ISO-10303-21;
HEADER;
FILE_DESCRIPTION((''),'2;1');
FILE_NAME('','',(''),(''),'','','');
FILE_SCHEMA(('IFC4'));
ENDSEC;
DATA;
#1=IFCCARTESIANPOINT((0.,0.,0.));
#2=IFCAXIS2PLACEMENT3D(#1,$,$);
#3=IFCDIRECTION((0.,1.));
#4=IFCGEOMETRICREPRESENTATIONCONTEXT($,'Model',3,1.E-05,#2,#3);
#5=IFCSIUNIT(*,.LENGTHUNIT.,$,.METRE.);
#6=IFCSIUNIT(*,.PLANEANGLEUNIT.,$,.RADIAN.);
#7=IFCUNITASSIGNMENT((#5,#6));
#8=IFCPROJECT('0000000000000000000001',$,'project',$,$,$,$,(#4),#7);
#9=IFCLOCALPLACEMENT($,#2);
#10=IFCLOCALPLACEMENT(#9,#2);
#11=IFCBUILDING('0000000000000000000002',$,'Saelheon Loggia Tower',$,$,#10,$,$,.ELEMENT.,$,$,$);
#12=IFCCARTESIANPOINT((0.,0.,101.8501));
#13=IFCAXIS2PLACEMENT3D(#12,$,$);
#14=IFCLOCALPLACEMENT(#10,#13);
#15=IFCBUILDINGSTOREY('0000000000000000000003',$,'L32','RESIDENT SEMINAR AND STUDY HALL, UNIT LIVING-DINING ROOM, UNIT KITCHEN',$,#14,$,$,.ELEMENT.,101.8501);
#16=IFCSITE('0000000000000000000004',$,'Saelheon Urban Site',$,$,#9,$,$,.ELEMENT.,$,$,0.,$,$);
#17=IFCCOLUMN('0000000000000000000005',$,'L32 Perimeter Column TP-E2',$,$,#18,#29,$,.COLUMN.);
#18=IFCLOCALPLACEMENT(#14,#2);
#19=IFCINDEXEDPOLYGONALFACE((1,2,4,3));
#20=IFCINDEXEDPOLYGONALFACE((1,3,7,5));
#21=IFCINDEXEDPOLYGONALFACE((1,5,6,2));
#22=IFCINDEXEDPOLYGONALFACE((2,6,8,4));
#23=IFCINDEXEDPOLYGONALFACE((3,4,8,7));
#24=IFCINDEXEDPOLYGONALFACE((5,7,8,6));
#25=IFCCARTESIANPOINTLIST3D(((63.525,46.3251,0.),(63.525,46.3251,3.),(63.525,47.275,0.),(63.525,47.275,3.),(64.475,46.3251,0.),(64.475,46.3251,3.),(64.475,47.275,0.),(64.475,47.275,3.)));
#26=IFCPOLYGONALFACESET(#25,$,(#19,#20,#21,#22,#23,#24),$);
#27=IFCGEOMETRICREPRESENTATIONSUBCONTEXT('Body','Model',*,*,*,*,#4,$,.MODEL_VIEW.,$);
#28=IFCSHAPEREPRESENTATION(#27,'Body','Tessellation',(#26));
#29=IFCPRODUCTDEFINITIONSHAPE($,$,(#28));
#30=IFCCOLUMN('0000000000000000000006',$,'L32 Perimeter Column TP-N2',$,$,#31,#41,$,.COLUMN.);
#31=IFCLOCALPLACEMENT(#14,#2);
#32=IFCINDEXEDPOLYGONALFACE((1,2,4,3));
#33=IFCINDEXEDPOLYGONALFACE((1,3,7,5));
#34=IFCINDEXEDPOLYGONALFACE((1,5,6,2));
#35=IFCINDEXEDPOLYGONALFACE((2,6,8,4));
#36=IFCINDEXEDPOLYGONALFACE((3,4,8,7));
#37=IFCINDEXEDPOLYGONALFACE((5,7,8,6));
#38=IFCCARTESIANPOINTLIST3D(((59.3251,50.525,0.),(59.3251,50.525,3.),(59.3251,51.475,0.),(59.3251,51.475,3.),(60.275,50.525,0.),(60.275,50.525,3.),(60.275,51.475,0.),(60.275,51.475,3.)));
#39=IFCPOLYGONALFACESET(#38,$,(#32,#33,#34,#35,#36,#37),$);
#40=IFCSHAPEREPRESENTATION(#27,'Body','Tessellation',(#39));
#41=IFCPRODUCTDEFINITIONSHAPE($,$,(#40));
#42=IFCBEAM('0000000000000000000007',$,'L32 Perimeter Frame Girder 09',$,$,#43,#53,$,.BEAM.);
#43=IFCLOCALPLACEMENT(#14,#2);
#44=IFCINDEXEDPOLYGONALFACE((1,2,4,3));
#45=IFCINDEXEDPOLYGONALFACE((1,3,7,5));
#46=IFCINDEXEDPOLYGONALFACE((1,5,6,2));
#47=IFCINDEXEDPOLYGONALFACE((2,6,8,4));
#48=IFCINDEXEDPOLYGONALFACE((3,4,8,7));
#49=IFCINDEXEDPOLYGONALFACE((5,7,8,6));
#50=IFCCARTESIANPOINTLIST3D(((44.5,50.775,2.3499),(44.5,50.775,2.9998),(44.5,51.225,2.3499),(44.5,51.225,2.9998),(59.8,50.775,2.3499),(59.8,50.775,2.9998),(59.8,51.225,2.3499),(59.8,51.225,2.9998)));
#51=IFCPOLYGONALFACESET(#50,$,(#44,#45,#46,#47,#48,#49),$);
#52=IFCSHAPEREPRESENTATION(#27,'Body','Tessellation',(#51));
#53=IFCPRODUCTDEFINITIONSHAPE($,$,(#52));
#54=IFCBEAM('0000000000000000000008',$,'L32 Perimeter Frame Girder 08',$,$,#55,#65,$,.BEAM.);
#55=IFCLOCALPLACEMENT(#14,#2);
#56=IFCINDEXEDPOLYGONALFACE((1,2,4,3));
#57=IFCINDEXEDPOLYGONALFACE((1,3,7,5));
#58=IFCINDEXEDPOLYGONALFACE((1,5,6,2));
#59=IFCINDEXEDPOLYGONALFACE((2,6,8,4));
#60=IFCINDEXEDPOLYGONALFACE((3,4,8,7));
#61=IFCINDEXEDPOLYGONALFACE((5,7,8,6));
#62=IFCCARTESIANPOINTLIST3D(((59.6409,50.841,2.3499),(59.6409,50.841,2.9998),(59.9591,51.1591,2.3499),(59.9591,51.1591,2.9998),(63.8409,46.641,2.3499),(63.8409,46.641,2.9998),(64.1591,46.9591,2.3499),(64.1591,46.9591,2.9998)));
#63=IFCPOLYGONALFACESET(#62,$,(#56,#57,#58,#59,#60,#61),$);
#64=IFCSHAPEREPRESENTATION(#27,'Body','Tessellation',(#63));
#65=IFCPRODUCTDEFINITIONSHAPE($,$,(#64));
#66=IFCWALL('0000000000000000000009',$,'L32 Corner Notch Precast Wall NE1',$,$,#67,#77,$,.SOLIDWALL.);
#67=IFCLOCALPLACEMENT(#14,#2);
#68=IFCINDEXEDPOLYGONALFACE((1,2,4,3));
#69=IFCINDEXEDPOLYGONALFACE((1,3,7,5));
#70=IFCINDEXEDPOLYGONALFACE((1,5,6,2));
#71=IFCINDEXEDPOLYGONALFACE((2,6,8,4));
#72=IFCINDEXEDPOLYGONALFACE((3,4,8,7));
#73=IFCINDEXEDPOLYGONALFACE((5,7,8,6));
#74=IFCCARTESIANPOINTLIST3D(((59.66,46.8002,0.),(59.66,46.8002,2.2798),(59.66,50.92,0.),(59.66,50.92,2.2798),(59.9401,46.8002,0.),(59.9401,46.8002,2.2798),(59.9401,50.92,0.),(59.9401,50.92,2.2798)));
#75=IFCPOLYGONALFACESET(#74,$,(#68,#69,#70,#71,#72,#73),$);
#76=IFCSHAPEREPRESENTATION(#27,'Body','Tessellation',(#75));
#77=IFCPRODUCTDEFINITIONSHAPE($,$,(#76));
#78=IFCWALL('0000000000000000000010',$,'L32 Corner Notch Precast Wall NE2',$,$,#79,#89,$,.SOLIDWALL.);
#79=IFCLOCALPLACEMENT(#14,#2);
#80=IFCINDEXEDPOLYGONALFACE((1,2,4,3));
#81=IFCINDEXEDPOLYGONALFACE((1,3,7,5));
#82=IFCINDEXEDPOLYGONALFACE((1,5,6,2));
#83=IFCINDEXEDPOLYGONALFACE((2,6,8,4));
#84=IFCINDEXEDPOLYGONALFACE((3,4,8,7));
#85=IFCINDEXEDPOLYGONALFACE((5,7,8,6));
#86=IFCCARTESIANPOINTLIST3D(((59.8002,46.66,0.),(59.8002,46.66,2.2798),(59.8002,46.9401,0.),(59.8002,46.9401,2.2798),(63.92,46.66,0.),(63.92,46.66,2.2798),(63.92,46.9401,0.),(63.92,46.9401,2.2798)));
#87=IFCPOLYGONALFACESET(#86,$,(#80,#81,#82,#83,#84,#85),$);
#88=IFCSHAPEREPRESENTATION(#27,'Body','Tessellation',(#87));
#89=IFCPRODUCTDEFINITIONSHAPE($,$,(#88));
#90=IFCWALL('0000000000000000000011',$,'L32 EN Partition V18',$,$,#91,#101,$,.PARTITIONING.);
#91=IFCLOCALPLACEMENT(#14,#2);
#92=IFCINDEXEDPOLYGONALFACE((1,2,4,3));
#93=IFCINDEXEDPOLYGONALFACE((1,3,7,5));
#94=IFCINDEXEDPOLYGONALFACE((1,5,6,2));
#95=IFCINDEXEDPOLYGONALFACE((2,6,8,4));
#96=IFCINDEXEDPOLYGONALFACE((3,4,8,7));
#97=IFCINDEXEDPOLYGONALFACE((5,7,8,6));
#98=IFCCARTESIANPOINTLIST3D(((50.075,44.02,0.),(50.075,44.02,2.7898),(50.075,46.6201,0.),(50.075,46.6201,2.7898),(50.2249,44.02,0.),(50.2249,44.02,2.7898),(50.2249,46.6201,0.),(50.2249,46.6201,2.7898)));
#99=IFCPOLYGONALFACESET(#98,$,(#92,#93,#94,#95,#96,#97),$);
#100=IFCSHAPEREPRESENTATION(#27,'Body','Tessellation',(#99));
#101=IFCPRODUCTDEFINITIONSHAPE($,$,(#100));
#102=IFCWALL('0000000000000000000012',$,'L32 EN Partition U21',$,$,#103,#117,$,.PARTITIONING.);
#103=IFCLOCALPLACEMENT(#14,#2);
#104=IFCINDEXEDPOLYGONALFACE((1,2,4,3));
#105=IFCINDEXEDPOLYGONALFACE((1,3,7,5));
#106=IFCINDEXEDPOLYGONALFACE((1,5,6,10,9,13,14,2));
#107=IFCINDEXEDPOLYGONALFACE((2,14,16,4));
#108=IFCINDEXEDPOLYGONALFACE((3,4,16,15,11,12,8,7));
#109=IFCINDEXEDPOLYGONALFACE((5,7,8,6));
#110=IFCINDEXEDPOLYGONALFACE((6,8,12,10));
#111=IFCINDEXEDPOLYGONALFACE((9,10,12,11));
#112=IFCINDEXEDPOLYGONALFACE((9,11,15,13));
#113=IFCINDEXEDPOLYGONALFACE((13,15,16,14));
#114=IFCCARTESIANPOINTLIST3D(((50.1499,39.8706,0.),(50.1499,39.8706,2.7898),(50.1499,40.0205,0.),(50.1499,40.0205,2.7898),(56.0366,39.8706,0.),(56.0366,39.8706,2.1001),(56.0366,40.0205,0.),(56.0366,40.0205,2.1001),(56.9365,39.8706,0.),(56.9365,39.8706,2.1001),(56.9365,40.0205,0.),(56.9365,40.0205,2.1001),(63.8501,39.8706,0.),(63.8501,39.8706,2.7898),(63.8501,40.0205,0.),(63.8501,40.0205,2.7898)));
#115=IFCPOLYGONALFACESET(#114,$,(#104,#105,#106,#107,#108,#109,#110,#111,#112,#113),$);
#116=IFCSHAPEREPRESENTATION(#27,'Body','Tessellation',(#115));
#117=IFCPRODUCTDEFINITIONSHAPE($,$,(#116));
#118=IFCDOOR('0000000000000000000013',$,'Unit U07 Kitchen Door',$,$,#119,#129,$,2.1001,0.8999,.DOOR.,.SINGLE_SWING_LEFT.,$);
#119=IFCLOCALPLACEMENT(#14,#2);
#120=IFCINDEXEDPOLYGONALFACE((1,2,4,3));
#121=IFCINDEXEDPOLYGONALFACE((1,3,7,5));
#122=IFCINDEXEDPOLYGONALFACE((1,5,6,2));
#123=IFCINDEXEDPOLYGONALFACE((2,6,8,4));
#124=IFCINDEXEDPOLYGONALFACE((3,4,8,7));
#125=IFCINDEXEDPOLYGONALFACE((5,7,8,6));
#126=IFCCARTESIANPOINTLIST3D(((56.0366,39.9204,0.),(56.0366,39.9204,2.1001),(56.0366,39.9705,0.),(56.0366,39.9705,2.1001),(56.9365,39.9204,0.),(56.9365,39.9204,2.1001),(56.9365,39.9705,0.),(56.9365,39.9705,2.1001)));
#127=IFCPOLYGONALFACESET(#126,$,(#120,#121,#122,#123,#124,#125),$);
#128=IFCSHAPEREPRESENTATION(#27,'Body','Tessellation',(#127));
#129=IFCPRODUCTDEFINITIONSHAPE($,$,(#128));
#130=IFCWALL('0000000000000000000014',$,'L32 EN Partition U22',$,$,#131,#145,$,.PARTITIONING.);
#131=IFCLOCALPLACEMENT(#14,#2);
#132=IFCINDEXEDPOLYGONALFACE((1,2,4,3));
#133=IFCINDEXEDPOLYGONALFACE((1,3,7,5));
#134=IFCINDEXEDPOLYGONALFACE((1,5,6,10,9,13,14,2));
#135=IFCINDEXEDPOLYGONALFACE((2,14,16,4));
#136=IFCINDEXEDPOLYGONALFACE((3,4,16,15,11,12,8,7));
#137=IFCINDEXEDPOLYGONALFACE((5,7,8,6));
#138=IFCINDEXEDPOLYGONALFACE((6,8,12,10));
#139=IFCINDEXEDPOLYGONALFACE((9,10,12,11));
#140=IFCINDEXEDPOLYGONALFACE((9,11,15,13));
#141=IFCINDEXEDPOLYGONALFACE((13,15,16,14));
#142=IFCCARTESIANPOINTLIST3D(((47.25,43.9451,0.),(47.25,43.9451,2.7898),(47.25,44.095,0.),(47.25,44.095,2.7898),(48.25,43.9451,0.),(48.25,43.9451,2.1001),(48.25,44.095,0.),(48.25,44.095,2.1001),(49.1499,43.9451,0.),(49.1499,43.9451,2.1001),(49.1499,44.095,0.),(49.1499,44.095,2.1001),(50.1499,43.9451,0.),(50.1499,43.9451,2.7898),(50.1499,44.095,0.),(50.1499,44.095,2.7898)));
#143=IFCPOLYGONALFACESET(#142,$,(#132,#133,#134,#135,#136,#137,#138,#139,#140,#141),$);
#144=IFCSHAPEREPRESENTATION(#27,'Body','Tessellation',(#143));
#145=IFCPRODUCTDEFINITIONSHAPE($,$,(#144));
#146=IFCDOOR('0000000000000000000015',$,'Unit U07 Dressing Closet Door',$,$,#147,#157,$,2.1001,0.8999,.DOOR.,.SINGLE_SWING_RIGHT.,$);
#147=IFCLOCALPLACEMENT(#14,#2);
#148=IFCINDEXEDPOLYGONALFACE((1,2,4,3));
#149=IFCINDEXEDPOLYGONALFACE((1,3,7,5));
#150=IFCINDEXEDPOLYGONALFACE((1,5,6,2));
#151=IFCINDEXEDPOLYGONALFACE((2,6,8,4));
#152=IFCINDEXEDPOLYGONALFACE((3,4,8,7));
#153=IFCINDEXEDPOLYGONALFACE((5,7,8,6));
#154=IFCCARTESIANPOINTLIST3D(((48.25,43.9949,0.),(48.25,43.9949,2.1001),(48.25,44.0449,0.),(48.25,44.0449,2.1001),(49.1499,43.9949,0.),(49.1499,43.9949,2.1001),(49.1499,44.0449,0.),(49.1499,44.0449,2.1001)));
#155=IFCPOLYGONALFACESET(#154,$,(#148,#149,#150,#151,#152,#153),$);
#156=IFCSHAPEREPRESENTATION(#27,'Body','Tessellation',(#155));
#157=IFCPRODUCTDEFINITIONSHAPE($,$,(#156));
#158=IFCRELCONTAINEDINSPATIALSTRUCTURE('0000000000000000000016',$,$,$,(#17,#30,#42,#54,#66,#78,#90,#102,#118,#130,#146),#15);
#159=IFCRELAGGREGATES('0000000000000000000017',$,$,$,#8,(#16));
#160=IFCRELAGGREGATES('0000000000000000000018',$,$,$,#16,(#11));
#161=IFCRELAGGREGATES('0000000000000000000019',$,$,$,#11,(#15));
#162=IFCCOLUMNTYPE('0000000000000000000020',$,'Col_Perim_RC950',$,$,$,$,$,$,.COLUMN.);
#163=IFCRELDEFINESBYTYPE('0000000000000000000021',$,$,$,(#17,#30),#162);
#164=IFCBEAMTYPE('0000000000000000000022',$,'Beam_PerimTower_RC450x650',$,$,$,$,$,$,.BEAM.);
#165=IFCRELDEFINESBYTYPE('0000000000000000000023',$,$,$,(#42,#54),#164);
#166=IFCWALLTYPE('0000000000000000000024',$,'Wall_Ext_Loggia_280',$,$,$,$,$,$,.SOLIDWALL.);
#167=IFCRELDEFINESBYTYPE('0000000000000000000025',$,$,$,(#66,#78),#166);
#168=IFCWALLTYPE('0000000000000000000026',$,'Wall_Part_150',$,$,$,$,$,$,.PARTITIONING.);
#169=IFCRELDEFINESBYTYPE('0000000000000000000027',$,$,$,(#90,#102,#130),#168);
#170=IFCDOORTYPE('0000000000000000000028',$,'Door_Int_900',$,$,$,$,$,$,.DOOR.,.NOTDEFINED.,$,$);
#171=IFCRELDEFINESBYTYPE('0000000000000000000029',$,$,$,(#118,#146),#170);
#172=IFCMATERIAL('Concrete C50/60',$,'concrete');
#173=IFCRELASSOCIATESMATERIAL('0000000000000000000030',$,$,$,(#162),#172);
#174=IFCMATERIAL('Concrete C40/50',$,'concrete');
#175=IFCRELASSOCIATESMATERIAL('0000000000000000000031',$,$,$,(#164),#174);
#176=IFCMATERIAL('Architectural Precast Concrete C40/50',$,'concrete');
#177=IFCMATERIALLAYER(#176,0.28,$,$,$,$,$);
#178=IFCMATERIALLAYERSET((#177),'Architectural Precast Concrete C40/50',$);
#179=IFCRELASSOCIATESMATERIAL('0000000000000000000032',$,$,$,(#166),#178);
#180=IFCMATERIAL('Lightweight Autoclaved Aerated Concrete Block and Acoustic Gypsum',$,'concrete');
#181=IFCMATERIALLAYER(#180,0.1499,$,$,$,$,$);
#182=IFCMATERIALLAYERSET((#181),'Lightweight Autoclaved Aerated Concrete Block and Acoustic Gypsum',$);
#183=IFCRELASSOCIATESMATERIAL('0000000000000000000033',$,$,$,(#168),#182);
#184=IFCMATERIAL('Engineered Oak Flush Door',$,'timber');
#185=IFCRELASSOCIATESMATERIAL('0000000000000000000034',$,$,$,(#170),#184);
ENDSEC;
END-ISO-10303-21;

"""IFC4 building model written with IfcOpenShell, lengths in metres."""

from ifc_helpers import new_model, si_unit, direction, frame, frame_2d, origin, origin_2d, place, context, subcontext, project, spatial, rectangle, extrude, source, transform, mapped, material, layer, layer_set, material_profile, profile_set, type_object, element, fill, save


model = new_model("IFC4")

# Units and contexts
model_context = context("Model", 3, precision=1e-05, world=origin(), true_north=direction((0.0, 1.0)))
body_context = subcontext(model_context, "Body", "Model", "MODEL_VIEW")
ifc_project = project(units=[si_unit("LENGTHUNIT", "METRE"), si_unit("PLANEANGLEUNIT", "RADIAN")], contexts=[model_context])

# Site, building, storey
site_placement = place(None, origin())
site = spatial("IfcSite", under=ifc_project, at=site_placement, Name="Saelheon Urban Site", CompositionType="ELEMENT", RefElevation=0.0)
building_placement = place(site_placement, origin())
building = spatial("IfcBuilding", under=site, at=building_placement, Name="Saelheon Loggia Tower", CompositionType="ELEMENT")
storey_placement = place(building_placement, frame((0.0, 0.0, 101.8501)))
storey = spatial("IfcBuildingStorey", under=building, at=storey_placement, Name="L32", Description="RESIDENT SEMINAR AND STUDY HALL, UNIT LIVING-DINING ROOM, UNIT KITCHEN", CompositionType="ELEMENT", Elevation=101.8501)

# Columns
ifc_material_1 = material(Name="Concrete C50/60", Category="concrete")
ifc_material_profile_1 = material_profile(ifc_material_1, rectangle(XDim=0.95, YDim=0.95, at=origin_2d()), Name="RC-950x950")
ifc_profile_set_1 = profile_set([ifc_material_profile_1], Name="Concrete C50/60")
column_type = type_object("IfcColumnType", Name="Col_Perim_RC950", PredefinedType="COLUMN", material=ifc_profile_set_1)
shared_shape_1 = source(origin(), body_context, "Body", "SweptSolid", [
    extrude(rectangle(XDim=0.95, YDim=0.95, at=origin_2d()), origin(), (0.0, 0.0, 1.0), 3.0),
])
for number, where, z_axis, x_axis, name in (
    (1, (64.0, 46.8, 0.0), (0.0, 0.0, 1.0), (1.0, 0.0, 0.0), "L32 Perimeter Column TP-E2"),
    (2, (59.8, 51.0, 0.0), (0.0, 0.0, 1.0), (1.0, 0.0, 0.0), "L32 Perimeter Column TP-N2"),
):
    element("IfcColumn", number, at=place(storey_placement, frame(where, z_axis=z_axis, x_axis=x_axis)), inside=storey, type_object=column_type, Name=name, PredefinedType="COLUMN", context=body_context, shape_type="MappedRepresentation", body=[
        mapped(shared_shape_1, transform((0.0, 0.0, 0.0), scale=1.0)),
    ])

# Beams
ifc_material_2 = material(Name="Concrete C40/50", Category="concrete")
ifc_material_profile_2 = material_profile(ifc_material_2, rectangle(XDim=0.45, YDim=0.6499, at=origin_2d()), Name="RC-450x650")
ifc_profile_set_2 = profile_set([ifc_material_profile_2], Name="Concrete C40/50")
beam_type = type_object("IfcBeamType", Name="Beam_PerimTower_RC450x650", PredefinedType="BEAM", material=ifc_profile_set_2)
shared_shape_2 = source(origin(), body_context, "Body", "SweptSolid", [
    extrude(rectangle(XDim=0.45, YDim=0.6499, at=origin_2d()), origin(), (0.0, 0.0, 1.0), 15.3),
])
beam_1_placement = place(storey_placement, frame((59.8, 51.0, 2.6748), z_axis=(-1.0, 0.0, 0.0), x_axis=(0.0, -1.0, 0.0)))
element("IfcBeam", 3, at=beam_1_placement, inside=storey, type_object=beam_type, Name="L32 Perimeter Frame Girder 09", PredefinedType="BEAM", context=body_context, shape_type="MappedRepresentation", body=[
    mapped(shared_shape_2, transform((0.0, 0.0, 0.0), scale=1.0)),
])
shared_shape_3 = source(origin(), body_context, "Body", "SweptSolid", [
    extrude(rectangle(XDim=0.45, YDim=0.6499, at=origin_2d()), origin(), (0.0, 0.0, 1.0), 5.9397),
])
beam_2_placement = place(storey_placement, frame((64.0, 46.8, 2.6748), z_axis=(-0.707107, 0.707107, 0.0), x_axis=(-0.707107, -0.707107, 0.0)))
element("IfcBeam", 4, at=beam_2_placement, inside=storey, type_object=beam_type, Name="L32 Perimeter Frame Girder 08", PredefinedType="BEAM", context=body_context, shape_type="MappedRepresentation", body=[
    mapped(shared_shape_3, transform((0.0, 0.0, 0.0), scale=1.0)),
])

# Walls
ifc_material_3 = material(Name="Architectural Precast Concrete C40/50", Category="concrete")
ifc_layer_1 = layer(ifc_material_3, 0.28)
ifc_layer_set_1 = layer_set([ifc_layer_1], Name="Architectural Precast Concrete C40/50")
wall_type_1 = type_object("IfcWallType", Name="Wall_Ext_Loggia_280", PredefinedType="SOLIDWALL", material=ifc_layer_set_1)
for number, where, z_axis, x_axis, name in (
    (5, (59.8, 46.8, 0.0), (0.0, 0.0, 1.0), (0.0, 1.0, 0.0), "L32 Corner Notch Precast Wall NE1"),
    (6, (59.8, 46.8, 0.0), (0.0, 0.0, 1.0), (1.0, 0.0, 0.0), "L32 Corner Notch Precast Wall NE2"),
):
    element("IfcWall", number, at=place(storey_placement, frame(where, z_axis=z_axis, x_axis=x_axis)), inside=storey, type_object=wall_type_1, Name=name, PredefinedType="SOLIDWALL", context=body_context, shape_type="SweptSolid", body=[
        extrude(rectangle(XDim=4.1199, YDim=0.28, at=frame_2d((2.0601, 0.0))), origin(), (0.0, 0.0, 1.0), 2.2798),
    ])
ifc_material_4 = material(Name="Lightweight Autoclaved Aerated Concrete Block and Acoustic Gypsum", Category="concrete")
ifc_layer_2 = layer(ifc_material_4, 0.1499)
ifc_layer_set_2 = layer_set([ifc_layer_2], Name="Lightweight Autoclaved Aerated Concrete Block and Acoustic Gypsum")
wall_type_2 = type_object("IfcWallType", Name="Wall_Part_150", PredefinedType="PARTITIONING", material=ifc_layer_set_2)
wall_1_placement = place(storey_placement, frame((50.1499, 44.02, 0.0), z_axis=(0.0, 0.0, 1.0), x_axis=(0.0, 1.0, 0.0)))
element("IfcWall", 7, at=wall_1_placement, inside=storey, type_object=wall_type_2, Name="L32 EN Partition V18", PredefinedType="PARTITIONING", context=body_context, shape_type="SweptSolid", body=[
    extrude(rectangle(XDim=2.6001, YDim=0.1499, at=frame_2d((1.3, 0.0))), origin(), (0.0, 0.0, 1.0), 2.7898),
])

# Walls, openings, doors
wall_2_placement = place(storey_placement, frame((50.1499, 39.9456, 0.0), z_axis=(0.0, 0.0, 1.0), x_axis=(1.0, 0.0, 0.0)))
wall_2 = element("IfcWall", 8, at=wall_2_placement, inside=storey, type_object=wall_type_2, Name="L32 EN Partition U21", PredefinedType="PARTITIONING", context=body_context, shape_type="SweptSolid", body=[
    extrude(rectangle(XDim=13.7002, YDim=0.1499, at=frame_2d((6.8501, 0.0))), origin(), (0.0, 0.0, 1.0), 2.7898),
])
opening_1_placement = place(wall_2_placement, frame((5.8867, 0.0, 0.0)))
opening_1 = element("IfcOpeningElement", 9, at=opening_1_placement, cuts=wall_2, PredefinedType="OPENING", context=body_context, shape_type="SweptSolid", body=[
    extrude(rectangle(XDim=0.8999, YDim=2.1001, at=frame_2d((0.45, 1.05))), frame((0.0, 0.0869, 0.0), z_axis=(0.0, -1.0, 0.0), x_axis=(1.0, 0.0, 0.0)), (0.0, 0.0, 1.0), 0.1738),
])
ifc_material_5 = material(Name="Engineered Oak Flush Door", Category="timber")
door_type = type_object("IfcDoorType", Name="Door_Int_900", OperationType="NOTDEFINED", PredefinedType="DOOR", material=ifc_material_5)
shared_shape_4 = source(origin(), body_context, "Body", "SweptSolid", [
    extrude(rectangle(XDim=0.8999, YDim=2.1001, at=frame_2d((0.45, 1.05))), frame((0.0, 0.0249, 0.0), z_axis=(0.0, -1.0, 0.0), x_axis=(1.0, 0.0, 0.0)), (0.0, 0.0, 1.0), 0.05),
])
door_1_placement = place(opening_1_placement, origin())
door_1 = element("IfcDoor", 10, at=door_1_placement, inside=storey, type_object=door_type, Name="Unit U07 Kitchen Door", OperationType="SINGLE_SWING_LEFT", OverallHeight=2.1001, OverallWidth=0.8999, PredefinedType="DOOR", context=body_context, shape_type="MappedRepresentation", body=[
    mapped(shared_shape_4, transform((0.0, 0.0, 0.0), scale=1.0)),
])
fill(opening_1, door_1)
wall_3_placement = place(storey_placement, frame((47.25, 44.02, 0.0), z_axis=(0.0, 0.0, 1.0), x_axis=(1.0, 0.0, 0.0)))
wall_3 = element("IfcWall", 11, at=wall_3_placement, inside=storey, type_object=wall_type_2, Name="L32 EN Partition U22", PredefinedType="PARTITIONING", context=body_context, shape_type="SweptSolid", body=[
    extrude(rectangle(XDim=2.8999, YDim=0.1499, at=frame_2d((1.45, 0.0))), origin(), (0.0, 0.0, 1.0), 2.7898),
])
opening_2_placement = place(wall_3_placement, frame((1.0, 0.0, 0.0)))
opening_2 = element("IfcOpeningElement", 12, at=opening_2_placement, cuts=wall_3, PredefinedType="OPENING", context=body_context, shape_type="SweptSolid", body=[
    extrude(rectangle(XDim=0.8999, YDim=2.1001, at=frame_2d((0.45, 1.05))), frame((0.0, 0.0869, 0.0), z_axis=(0.0, -1.0, 0.0), x_axis=(1.0, 0.0, 0.0)), (0.0, 0.0, 1.0), 0.1738),
])
door_2_placement = place(opening_2_placement, origin())
door_2 = element("IfcDoor", 13, at=door_2_placement, inside=storey, type_object=door_type, Name="Unit U07 Dressing Closet Door", OperationType="SINGLE_SWING_RIGHT", OverallHeight=2.1001, OverallWidth=0.8999, PredefinedType="DOOR", context=body_context, shape_type="MappedRepresentation", body=[
    mapped(shared_shape_4, transform((0.0, 0.0, 0.0), scale=1.0)),
])
fill(opening_2, door_2)

save(model, "model.ifc")
